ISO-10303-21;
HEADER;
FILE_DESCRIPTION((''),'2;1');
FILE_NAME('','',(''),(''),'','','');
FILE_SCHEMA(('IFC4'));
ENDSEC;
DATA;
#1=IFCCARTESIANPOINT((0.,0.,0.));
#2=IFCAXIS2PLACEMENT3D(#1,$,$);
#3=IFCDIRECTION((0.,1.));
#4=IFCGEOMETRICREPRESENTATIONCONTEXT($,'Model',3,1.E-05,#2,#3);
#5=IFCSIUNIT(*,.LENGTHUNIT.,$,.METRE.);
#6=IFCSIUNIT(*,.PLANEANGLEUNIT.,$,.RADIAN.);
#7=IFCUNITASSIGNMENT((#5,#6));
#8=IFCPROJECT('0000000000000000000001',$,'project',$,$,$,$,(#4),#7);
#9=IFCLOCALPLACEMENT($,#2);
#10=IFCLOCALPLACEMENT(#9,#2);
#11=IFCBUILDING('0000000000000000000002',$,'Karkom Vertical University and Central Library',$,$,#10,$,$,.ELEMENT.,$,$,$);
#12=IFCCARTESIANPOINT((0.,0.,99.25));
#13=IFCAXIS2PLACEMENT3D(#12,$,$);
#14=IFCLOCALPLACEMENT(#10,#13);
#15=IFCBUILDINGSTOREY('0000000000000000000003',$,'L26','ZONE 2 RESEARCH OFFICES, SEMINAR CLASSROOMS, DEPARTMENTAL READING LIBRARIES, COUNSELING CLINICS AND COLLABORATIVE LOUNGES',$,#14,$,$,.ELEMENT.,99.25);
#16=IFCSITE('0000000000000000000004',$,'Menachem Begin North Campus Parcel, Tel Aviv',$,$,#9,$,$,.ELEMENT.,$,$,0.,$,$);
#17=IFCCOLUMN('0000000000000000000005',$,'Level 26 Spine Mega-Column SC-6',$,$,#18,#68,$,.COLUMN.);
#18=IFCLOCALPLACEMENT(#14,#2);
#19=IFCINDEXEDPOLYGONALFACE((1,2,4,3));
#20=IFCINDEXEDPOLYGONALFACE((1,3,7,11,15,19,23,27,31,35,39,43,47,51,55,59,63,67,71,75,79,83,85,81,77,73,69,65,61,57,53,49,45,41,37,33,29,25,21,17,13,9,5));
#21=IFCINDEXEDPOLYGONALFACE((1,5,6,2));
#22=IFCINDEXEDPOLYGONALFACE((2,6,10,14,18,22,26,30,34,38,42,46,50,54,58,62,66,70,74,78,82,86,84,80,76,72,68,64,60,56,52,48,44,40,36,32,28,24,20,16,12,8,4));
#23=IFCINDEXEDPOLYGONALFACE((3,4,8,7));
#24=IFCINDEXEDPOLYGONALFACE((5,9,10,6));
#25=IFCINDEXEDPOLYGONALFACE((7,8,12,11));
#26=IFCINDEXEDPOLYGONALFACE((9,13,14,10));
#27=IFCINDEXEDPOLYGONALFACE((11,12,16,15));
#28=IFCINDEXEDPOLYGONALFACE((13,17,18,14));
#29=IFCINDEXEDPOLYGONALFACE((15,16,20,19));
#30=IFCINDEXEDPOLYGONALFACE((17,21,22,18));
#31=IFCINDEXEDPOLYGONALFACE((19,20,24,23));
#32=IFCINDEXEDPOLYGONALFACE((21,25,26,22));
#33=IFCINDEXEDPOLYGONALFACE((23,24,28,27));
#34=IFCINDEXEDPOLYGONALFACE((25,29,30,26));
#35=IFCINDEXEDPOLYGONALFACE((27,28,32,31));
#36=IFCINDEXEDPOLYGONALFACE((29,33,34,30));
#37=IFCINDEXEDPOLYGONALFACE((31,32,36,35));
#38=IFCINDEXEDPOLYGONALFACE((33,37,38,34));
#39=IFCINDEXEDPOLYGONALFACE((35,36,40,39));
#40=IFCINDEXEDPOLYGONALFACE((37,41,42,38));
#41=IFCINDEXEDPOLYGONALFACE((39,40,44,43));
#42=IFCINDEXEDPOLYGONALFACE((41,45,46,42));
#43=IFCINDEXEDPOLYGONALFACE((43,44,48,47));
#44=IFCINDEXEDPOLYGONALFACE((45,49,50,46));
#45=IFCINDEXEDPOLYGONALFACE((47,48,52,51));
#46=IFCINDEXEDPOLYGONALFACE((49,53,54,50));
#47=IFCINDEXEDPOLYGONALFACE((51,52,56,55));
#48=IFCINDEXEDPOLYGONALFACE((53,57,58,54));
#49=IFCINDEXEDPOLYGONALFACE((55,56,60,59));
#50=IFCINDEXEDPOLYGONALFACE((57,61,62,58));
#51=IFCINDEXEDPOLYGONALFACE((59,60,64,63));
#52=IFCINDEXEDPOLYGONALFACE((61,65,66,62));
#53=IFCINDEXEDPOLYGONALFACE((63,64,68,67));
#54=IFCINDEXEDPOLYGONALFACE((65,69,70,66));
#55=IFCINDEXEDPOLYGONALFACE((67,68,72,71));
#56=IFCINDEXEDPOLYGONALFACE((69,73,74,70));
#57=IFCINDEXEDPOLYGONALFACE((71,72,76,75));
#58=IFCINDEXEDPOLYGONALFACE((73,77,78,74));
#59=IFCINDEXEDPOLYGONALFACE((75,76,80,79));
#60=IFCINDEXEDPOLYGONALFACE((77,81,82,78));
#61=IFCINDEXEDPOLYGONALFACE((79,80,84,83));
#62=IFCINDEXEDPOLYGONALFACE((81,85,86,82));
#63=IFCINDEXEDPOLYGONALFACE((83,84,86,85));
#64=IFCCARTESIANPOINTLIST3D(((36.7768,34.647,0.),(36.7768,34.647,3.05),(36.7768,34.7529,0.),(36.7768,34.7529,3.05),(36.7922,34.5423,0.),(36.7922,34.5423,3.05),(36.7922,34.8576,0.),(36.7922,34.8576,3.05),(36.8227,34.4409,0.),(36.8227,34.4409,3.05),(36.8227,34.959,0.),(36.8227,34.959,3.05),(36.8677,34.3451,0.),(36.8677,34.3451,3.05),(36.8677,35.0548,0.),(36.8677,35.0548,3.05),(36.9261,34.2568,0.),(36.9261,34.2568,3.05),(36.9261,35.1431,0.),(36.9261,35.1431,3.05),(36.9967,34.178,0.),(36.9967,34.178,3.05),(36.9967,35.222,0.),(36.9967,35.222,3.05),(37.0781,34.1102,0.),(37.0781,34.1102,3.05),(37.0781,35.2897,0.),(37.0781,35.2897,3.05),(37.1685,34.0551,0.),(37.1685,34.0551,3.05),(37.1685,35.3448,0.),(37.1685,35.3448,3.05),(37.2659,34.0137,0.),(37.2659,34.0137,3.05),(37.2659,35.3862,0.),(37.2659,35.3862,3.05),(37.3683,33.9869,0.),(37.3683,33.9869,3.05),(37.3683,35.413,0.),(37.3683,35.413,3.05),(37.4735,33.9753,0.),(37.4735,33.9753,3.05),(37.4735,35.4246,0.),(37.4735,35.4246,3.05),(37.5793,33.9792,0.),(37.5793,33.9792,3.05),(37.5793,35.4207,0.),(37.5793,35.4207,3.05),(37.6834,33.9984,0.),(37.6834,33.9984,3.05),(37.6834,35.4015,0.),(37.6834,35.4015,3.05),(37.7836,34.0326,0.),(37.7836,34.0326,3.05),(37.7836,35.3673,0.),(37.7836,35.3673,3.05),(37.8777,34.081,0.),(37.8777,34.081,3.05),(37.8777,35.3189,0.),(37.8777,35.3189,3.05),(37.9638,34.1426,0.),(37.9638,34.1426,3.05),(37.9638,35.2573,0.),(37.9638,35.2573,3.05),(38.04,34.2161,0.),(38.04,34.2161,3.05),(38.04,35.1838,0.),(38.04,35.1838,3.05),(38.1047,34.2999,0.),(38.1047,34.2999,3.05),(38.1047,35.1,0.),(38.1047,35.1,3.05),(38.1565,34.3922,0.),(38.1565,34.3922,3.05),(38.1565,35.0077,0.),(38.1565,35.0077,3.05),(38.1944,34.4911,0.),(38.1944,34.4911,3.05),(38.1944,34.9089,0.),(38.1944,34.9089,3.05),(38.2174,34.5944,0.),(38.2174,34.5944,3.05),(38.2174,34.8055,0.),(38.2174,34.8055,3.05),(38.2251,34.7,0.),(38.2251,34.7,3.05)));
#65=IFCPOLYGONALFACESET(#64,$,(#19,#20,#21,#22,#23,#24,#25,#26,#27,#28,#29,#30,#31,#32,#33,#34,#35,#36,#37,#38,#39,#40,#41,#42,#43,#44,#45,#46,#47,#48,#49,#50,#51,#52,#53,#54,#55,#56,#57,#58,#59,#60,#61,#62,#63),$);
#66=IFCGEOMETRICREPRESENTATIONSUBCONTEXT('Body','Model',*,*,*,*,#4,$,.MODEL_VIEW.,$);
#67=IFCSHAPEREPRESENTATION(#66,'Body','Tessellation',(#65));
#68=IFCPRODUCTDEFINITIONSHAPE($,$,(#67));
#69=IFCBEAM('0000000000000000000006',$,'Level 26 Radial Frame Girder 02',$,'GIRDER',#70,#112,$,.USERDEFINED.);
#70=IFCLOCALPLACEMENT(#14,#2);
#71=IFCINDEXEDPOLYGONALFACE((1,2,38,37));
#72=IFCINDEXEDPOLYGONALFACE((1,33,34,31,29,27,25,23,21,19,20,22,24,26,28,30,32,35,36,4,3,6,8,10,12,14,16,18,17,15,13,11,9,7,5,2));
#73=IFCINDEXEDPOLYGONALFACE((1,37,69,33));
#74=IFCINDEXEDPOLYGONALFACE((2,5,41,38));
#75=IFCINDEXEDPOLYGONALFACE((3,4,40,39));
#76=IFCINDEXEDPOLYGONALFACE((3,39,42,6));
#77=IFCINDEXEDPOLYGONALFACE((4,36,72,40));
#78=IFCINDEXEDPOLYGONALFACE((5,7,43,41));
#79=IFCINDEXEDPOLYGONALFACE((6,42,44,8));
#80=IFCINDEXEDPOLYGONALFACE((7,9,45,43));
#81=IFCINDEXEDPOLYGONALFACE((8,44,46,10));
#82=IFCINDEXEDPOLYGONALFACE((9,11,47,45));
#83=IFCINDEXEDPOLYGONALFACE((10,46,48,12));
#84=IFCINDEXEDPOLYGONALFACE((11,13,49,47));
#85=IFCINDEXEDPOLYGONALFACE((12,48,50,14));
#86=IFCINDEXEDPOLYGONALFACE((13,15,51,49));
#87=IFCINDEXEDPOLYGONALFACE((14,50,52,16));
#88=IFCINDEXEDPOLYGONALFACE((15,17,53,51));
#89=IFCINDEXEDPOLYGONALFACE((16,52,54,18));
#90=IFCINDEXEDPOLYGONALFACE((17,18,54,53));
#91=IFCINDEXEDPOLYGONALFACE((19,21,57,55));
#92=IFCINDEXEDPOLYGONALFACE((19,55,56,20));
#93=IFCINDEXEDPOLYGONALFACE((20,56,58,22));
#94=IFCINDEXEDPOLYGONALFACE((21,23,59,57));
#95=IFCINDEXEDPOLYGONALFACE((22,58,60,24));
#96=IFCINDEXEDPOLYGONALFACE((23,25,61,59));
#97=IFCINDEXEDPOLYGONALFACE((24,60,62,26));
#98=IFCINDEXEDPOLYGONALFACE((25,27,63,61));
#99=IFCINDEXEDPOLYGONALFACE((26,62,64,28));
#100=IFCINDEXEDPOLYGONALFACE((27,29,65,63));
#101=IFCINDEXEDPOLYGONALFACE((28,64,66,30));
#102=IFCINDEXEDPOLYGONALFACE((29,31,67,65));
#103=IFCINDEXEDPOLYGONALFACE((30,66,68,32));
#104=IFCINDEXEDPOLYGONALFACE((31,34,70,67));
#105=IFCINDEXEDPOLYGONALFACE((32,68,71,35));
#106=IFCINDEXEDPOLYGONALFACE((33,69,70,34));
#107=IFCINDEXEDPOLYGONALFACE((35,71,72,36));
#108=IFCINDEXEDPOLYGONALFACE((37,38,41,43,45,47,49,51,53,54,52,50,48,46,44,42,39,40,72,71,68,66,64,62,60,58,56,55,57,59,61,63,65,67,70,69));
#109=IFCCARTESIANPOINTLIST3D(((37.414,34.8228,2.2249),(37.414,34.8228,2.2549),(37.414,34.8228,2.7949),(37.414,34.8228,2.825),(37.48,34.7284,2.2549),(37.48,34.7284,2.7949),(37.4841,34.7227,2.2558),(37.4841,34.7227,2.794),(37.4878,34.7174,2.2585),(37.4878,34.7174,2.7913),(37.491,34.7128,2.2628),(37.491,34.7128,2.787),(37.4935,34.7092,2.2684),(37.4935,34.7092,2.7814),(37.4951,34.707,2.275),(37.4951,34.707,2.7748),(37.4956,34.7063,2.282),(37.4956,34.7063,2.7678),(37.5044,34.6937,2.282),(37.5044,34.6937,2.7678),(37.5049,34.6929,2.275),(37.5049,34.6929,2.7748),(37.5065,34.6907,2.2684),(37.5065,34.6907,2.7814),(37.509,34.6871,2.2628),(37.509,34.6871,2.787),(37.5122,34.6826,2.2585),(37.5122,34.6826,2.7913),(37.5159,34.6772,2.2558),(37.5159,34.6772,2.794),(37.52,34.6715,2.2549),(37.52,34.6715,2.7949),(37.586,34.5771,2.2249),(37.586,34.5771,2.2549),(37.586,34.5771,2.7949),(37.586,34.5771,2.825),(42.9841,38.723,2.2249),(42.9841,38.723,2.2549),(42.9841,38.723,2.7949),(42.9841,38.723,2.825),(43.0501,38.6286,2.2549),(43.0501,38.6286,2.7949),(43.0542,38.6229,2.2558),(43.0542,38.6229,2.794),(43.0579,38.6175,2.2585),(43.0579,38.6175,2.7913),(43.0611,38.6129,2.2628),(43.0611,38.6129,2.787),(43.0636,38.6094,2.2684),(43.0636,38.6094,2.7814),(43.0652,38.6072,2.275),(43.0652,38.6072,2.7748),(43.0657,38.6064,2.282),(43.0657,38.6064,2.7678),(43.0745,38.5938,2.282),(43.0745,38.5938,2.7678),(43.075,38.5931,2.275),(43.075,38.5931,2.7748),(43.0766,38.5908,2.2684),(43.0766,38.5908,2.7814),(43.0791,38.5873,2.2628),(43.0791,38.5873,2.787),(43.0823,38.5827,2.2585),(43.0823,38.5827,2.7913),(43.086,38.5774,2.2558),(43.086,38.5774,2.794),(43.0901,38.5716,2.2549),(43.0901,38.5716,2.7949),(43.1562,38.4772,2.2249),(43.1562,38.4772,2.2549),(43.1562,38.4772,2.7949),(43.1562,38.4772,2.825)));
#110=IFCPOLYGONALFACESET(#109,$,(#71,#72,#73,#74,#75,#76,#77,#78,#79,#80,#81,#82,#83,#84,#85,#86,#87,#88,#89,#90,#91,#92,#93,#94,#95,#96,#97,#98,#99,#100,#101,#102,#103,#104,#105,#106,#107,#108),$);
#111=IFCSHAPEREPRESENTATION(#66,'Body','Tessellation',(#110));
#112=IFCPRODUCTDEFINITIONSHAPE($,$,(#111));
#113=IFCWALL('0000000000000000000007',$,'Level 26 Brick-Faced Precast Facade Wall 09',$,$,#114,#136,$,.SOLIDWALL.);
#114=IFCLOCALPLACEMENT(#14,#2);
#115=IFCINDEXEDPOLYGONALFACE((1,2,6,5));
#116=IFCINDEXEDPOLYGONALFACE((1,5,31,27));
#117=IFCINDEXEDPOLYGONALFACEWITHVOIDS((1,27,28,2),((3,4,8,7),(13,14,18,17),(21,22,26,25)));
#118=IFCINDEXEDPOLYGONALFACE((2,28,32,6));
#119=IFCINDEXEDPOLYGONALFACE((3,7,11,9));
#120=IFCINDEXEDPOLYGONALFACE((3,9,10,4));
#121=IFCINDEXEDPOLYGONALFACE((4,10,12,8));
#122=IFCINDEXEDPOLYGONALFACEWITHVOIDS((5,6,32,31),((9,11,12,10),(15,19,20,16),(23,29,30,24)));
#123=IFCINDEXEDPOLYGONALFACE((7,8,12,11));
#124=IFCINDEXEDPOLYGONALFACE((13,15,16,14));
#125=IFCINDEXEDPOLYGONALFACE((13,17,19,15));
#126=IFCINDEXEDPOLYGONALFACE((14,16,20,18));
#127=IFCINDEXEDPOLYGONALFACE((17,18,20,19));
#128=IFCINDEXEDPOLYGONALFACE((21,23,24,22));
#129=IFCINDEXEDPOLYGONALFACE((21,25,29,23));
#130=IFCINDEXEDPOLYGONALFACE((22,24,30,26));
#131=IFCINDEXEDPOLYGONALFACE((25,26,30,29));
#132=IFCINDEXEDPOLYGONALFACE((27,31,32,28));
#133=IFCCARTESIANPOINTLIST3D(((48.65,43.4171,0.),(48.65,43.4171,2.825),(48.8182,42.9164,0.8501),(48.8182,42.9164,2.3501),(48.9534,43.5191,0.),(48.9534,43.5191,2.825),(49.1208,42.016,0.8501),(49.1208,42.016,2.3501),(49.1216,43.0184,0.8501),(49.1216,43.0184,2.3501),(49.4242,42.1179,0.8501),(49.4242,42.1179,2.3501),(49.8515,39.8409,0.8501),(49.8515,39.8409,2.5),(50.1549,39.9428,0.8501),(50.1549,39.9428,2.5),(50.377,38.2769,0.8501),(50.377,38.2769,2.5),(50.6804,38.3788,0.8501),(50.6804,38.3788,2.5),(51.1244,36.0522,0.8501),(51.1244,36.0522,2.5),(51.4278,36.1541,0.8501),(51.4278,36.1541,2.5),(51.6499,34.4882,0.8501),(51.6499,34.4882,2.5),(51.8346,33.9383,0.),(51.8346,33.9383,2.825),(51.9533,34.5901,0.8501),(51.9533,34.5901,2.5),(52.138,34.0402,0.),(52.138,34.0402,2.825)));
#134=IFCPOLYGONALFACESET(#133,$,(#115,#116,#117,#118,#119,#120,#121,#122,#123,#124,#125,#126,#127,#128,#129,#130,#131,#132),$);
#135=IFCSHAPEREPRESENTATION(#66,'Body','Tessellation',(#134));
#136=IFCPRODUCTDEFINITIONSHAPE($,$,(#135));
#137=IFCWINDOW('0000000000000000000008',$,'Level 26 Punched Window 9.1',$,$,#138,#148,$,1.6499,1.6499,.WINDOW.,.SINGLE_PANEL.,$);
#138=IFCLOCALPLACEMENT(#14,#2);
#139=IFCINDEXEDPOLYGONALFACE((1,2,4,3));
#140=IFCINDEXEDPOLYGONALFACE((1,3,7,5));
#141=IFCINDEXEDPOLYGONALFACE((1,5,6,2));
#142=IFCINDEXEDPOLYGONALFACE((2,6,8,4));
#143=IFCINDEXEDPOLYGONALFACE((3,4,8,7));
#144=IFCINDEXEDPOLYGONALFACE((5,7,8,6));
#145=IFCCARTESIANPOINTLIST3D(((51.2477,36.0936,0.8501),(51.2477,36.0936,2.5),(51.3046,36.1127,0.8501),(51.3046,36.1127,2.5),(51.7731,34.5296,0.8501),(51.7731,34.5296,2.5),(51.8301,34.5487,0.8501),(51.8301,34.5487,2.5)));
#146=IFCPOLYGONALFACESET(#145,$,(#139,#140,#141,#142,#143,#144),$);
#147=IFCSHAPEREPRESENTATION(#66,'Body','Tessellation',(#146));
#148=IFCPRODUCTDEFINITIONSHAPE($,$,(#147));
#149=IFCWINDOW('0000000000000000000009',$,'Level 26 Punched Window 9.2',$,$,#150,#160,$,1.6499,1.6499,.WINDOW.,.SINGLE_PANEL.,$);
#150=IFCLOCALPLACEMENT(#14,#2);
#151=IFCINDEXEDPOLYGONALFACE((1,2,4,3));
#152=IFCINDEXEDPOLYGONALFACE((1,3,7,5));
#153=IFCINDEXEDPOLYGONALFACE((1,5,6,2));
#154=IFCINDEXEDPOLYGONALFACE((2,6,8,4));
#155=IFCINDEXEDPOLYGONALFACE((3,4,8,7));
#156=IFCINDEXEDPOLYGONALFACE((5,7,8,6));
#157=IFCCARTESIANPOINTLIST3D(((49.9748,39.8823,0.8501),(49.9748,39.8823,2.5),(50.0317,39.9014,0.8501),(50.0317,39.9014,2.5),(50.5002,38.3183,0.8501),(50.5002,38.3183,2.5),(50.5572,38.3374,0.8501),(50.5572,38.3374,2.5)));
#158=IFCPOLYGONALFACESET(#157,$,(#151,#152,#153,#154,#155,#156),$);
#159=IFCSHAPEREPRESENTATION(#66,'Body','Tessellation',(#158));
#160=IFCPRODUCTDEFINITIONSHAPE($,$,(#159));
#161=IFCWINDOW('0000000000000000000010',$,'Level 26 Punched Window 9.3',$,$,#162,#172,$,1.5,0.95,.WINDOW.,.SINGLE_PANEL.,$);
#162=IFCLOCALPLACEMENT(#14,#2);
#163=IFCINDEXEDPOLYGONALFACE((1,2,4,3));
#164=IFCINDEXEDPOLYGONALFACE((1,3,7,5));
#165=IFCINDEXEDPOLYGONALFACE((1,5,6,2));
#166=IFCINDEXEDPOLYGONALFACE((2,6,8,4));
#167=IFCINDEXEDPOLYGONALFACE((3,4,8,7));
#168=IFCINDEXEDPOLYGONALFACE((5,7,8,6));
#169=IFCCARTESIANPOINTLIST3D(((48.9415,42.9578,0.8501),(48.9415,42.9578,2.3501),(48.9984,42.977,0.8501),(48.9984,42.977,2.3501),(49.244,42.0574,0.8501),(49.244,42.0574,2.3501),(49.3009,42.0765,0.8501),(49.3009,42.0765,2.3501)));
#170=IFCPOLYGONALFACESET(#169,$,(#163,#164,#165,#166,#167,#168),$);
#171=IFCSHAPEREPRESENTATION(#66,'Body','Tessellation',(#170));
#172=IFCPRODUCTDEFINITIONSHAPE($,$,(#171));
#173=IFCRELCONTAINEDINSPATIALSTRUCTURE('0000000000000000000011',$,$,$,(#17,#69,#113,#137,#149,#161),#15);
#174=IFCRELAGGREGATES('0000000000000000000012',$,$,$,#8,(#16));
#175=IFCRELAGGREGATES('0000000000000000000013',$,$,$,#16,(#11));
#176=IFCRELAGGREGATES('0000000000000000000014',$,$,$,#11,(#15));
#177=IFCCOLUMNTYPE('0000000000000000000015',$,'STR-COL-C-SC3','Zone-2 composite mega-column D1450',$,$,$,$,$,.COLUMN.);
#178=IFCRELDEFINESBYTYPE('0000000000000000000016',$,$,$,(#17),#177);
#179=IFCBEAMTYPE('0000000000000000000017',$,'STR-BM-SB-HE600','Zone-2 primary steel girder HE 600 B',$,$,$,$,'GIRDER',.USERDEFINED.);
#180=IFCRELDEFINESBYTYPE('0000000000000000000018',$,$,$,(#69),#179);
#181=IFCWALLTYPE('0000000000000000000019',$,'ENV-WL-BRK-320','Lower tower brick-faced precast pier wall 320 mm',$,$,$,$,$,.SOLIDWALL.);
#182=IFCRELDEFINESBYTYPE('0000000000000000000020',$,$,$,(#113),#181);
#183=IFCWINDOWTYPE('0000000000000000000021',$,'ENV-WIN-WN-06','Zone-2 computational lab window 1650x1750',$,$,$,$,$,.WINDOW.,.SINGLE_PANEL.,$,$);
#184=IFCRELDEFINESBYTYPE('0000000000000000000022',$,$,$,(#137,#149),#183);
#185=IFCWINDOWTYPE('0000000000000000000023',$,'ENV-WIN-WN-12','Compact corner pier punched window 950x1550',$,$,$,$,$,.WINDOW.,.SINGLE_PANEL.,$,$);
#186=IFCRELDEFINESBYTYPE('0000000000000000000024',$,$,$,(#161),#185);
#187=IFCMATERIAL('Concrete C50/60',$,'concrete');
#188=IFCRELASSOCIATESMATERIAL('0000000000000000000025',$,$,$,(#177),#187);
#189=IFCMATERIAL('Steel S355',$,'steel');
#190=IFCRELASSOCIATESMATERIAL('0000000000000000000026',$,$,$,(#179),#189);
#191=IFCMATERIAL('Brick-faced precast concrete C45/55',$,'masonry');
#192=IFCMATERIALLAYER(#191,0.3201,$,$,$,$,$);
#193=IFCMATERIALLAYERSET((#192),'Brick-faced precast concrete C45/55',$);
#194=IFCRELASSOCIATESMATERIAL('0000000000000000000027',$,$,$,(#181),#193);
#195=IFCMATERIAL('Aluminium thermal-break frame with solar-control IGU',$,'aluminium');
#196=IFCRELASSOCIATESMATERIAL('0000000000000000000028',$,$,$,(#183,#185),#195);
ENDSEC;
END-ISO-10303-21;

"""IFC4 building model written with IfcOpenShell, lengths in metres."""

from ifc_helpers import new_model, si_unit, direction, frame, frame_2d, origin, origin_with_axes, origin_2d, place, context, subcontext, project, spatial, rectangle, circle, i_section, extrude, source, transform, mapped, material, layer, layer_set, material_profile, profile_set, type_object, element, fill, save


model = new_model("IFC4")

# Units and contexts
model_context = context("Model", 3, precision=1e-05, world=origin(), true_north=direction((0.0, 1.0)))
body_context = subcontext(model_context, "Body", "Model", "MODEL_VIEW")
ifc_project = project(units=[si_unit("LENGTHUNIT", "METRE"), si_unit("PLANEANGLEUNIT", "RADIAN")], contexts=[model_context])

# Site, building, storey
site_placement = place(None, origin())
site = spatial("IfcSite", under=ifc_project, at=site_placement, Name="Menachem Begin North Campus Parcel, Tel Aviv", CompositionType="ELEMENT", RefElevation=0.0)
building_placement = place(site_placement, origin())
building = spatial("IfcBuilding", under=site, at=building_placement, Name="Karkom Vertical University and Central Library", CompositionType="ELEMENT")
storey_placement = place(building_placement, frame((0.0, 0.0, 99.25)))
storey = spatial("IfcBuildingStorey", under=building, at=storey_placement, Name="L26", Description="ZONE 2 RESEARCH OFFICES, SEMINAR CLASSROOMS, DEPARTMENTAL READING LIBRARIES, COUNSELING CLINICS AND COLLABORATIVE LOUNGES", CompositionType="ELEMENT", Elevation=99.25)

# Column
ifc_material_1 = material(Name="Concrete C50/60", Category="concrete")
ifc_material_profile_1 = material_profile(ifc_material_1, circle(Radius=0.7251, at=origin_2d()), Name="CFT-D1450")
ifc_profile_set_1 = profile_set([ifc_material_profile_1], Name="Concrete C50/60")
column_type = type_object("IfcColumnType", Name="STR-COL-C-SC3", Description="Zone-2 composite mega-column D1450", PredefinedType="COLUMN", material=ifc_profile_set_1)
shared_shape_1 = source(origin_with_axes(), body_context, "Body", "SweptSolid", [
    extrude(circle(Radius=0.7251, at=origin_2d()), origin(), (0.0, 0.0, 1.0), 3.05),
])
column_placement = place(storey_placement, frame((37.5, 34.7, 0.0), z_axis=(0.0, 0.0, 1.0), x_axis=(1.0, 0.0, 0.0)))
element("IfcColumn", 1, at=column_placement, inside=storey, type_object=column_type, Name="Level 26 Spine Mega-Column SC-6", PredefinedType="COLUMN", context=body_context, shape_type="MappedRepresentation", body=[
    mapped(shared_shape_1, transform((0.0, 0.0, 0.0), scale=1.0)),
])

# Beam
ifc_material_2 = material(Name="Steel S355", Category="steel")
ifc_material_profile_2 = material_profile(ifc_material_2, i_section(OverallWidth=0.3, OverallDepth=0.6001, WebThickness=0.0154, FlangeThickness=0.03, FilletRadius=0.0271, at=origin_2d()), Name="HE 600 B")
ifc_profile_set_2 = profile_set([ifc_material_profile_2], Name="Steel S355")
beam_type = type_object("IfcBeamType", Name="STR-BM-SB-HE600", Description="Zone-2 primary steel girder HE 600 B", ElementType="GIRDER", PredefinedType="USERDEFINED", material=ifc_profile_set_2)
shared_shape_2 = source(origin_with_axes(), body_context, "Body", "SweptSolid", [
    extrude(i_section(OverallWidth=0.3, OverallDepth=0.6001, WebThickness=0.0154, FlangeThickness=0.03, FilletRadius=0.0271, at=origin_2d()), origin(), (0.0, 0.0, 1.0), 6.7998),
])
beam_placement = place(storey_placement, frame((37.5, 34.7, 2.5249), z_axis=(0.819156, 0.573571, 0.0), x_axis=(-0.573571, 0.819156, 0.0)))
element("IfcBeam", 2, at=beam_placement, inside=storey, type_object=beam_type, Name="Level 26 Radial Frame Girder 02", ObjectType="GIRDER", PredefinedType="USERDEFINED", context=body_context, shape_type="MappedRepresentation", body=[
    mapped(shared_shape_2, transform((0.0, 0.0, 0.0), scale=1.0)),
])

# Wall, openings, windows
ifc_material_3 = material(Name="Brick-faced precast concrete C45/55", Category="masonry")
ifc_layer_1 = layer(ifc_material_3, 0.3201)
ifc_layer_set_1 = layer_set([ifc_layer_1], Name="Brick-faced precast concrete C45/55")
wall_type_1 = type_object("IfcWallType", Name="ENV-WL-BRK-320", Description="Lower tower brick-faced precast pier wall 320 mm", PredefinedType="SOLIDWALL", material=ifc_layer_set_1)
wall_1_placement = place(storey_placement, frame((51.9863, 33.9893, 0.0), z_axis=(0.0, 0.0, 1.0), x_axis=(-0.318476, 0.947931, 0.0)))
wall_1 = element("IfcWall", 3, at=wall_1_placement, inside=storey, type_object=wall_type_1, Name="Level 26 Brick-Faced Precast Facade Wall 09", PredefinedType="SOLIDWALL", context=body_context, shape_type="SweptSolid", body=[
    extrude(rectangle(XDim=9.9995, YDim=0.3201, at=frame_2d((4.9998, 0.0))), origin(), (0.0, 0.0, 1.0), 2.825),
])
opening_1_placement = place(wall_1_placement, frame((0.5801, 0.0, 0.8501)))
opening_1 = element("IfcOpeningElement", 4, at=opening_1_placement, cuts=wall_1, PredefinedType="OPENING", context=body_context, shape_type="SweptSolid", body=[
    extrude(rectangle(XDim=1.6499, YDim=1.6499, at=frame_2d((0.825, 0.825))), frame((0.0, 0.1699, 0.0), z_axis=(0.0, -1.0, 0.0), x_axis=(1.0, 0.0, 0.0)), (0.0, 0.0, 1.0), 0.3401),
])
opening_2_placement = place(wall_1_placement, frame((4.5769, 0.0, 0.8501)))
opening_2 = element("IfcOpeningElement", 5, at=opening_2_placement, cuts=wall_1, PredefinedType="OPENING", context=body_context, shape_type="SweptSolid", body=[
    extrude(rectangle(XDim=1.6499, YDim=1.6499, at=frame_2d((0.825, 0.825))), frame((0.0, 0.1699, 0.0), z_axis=(0.0, -1.0, 0.0), x_axis=(1.0, 0.0, 0.0)), (0.0, 0.0, 1.0), 0.3401),
])
opening_3_placement = place(wall_1_placement, frame((8.5212, 0.0, 0.8501)))
opening_3 = element("IfcOpeningElement", 6, at=opening_3_placement, cuts=wall_1, PredefinedType="OPENING", context=body_context, shape_type="SweptSolid", body=[
    extrude(rectangle(XDim=0.95, YDim=1.5, at=frame_2d((0.4751, 0.75))), frame((0.0, 0.1699, 0.0), z_axis=(0.0, -1.0, 0.0), x_axis=(1.0, 0.0, 0.0)), (0.0, 0.0, 1.0), 0.3401),
])
ifc_material_4 = material(Name="Aluminium thermal-break frame with solar-control IGU", Category="aluminium")
window_type_1 = type_object("IfcWindowType", Name="ENV-WIN-WN-06", Description="Zone-2 computational lab window 1650x1750", PartitioningType="SINGLE_PANEL", PredefinedType="WINDOW", material=ifc_material_4)
shared_shape_3 = source(origin_with_axes(), body_context, "Body", "SweptSolid", [
    extrude(rectangle(XDim=1.6499, YDim=1.6499, at=frame_2d((0.825, 0.825))), frame((0.0, 0.03, 0.0), z_axis=(0.0, -1.0, 0.0), x_axis=(1.0, 0.0, 0.0)), (0.0, 0.0, 1.0), 0.0601),
])
window_1_placement = place(opening_1_placement, origin())
window_1 = element("IfcWindow", 7, at=window_1_placement, inside=storey, type_object=window_type_1, Name="Level 26 Punched Window 9.1", OverallHeight=1.6499, OverallWidth=1.6499, PartitioningType="SINGLE_PANEL", PredefinedType="WINDOW", context=body_context, shape_type="MappedRepresentation", body=[
    mapped(shared_shape_3, transform((0.0, 0.0, 0.0), scale=1.0)),
])
fill(opening_1, window_1)
window_2_placement = place(opening_2_placement, origin())
window_2 = element("IfcWindow", 8, at=window_2_placement, inside=storey, type_object=window_type_1, Name="Level 26 Punched Window 9.2", OverallHeight=1.6499, OverallWidth=1.6499, PartitioningType="SINGLE_PANEL", PredefinedType="WINDOW", context=body_context, shape_type="MappedRepresentation", body=[
    mapped(shared_shape_3, transform((0.0, 0.0, 0.0), scale=1.0)),
])
fill(opening_2, window_2)
window_type_2 = type_object("IfcWindowType", Name="ENV-WIN-WN-12", Description="Compact corner pier punched window 950x1550", PartitioningType="SINGLE_PANEL", PredefinedType="WINDOW", material=ifc_material_4)
shared_shape_4 = source(origin_with_axes(), body_context, "Body", "SweptSolid", [
    extrude(rectangle(XDim=0.95, YDim=1.5, at=frame_2d((0.4751, 0.75))), frame((0.0, 0.03, 0.0), z_axis=(0.0, -1.0, 0.0), x_axis=(1.0, 0.0, 0.0)), (0.0, 0.0, 1.0), 0.0601),
])
window_3_placement = place(opening_3_placement, origin())
window_3 = element("IfcWindow", 9, at=window_3_placement, inside=storey, type_object=window_type_2, Name="Level 26 Punched Window 9.3", OverallHeight=1.5, OverallWidth=0.95, PartitioningType="SINGLE_PANEL", PredefinedType="WINDOW", context=body_context, shape_type="MappedRepresentation", body=[
    mapped(shared_shape_4, transform((0.0, 0.0, 0.0), scale=1.0)),
])
fill(opening_3, window_3)

save(model, "model.ifc")
